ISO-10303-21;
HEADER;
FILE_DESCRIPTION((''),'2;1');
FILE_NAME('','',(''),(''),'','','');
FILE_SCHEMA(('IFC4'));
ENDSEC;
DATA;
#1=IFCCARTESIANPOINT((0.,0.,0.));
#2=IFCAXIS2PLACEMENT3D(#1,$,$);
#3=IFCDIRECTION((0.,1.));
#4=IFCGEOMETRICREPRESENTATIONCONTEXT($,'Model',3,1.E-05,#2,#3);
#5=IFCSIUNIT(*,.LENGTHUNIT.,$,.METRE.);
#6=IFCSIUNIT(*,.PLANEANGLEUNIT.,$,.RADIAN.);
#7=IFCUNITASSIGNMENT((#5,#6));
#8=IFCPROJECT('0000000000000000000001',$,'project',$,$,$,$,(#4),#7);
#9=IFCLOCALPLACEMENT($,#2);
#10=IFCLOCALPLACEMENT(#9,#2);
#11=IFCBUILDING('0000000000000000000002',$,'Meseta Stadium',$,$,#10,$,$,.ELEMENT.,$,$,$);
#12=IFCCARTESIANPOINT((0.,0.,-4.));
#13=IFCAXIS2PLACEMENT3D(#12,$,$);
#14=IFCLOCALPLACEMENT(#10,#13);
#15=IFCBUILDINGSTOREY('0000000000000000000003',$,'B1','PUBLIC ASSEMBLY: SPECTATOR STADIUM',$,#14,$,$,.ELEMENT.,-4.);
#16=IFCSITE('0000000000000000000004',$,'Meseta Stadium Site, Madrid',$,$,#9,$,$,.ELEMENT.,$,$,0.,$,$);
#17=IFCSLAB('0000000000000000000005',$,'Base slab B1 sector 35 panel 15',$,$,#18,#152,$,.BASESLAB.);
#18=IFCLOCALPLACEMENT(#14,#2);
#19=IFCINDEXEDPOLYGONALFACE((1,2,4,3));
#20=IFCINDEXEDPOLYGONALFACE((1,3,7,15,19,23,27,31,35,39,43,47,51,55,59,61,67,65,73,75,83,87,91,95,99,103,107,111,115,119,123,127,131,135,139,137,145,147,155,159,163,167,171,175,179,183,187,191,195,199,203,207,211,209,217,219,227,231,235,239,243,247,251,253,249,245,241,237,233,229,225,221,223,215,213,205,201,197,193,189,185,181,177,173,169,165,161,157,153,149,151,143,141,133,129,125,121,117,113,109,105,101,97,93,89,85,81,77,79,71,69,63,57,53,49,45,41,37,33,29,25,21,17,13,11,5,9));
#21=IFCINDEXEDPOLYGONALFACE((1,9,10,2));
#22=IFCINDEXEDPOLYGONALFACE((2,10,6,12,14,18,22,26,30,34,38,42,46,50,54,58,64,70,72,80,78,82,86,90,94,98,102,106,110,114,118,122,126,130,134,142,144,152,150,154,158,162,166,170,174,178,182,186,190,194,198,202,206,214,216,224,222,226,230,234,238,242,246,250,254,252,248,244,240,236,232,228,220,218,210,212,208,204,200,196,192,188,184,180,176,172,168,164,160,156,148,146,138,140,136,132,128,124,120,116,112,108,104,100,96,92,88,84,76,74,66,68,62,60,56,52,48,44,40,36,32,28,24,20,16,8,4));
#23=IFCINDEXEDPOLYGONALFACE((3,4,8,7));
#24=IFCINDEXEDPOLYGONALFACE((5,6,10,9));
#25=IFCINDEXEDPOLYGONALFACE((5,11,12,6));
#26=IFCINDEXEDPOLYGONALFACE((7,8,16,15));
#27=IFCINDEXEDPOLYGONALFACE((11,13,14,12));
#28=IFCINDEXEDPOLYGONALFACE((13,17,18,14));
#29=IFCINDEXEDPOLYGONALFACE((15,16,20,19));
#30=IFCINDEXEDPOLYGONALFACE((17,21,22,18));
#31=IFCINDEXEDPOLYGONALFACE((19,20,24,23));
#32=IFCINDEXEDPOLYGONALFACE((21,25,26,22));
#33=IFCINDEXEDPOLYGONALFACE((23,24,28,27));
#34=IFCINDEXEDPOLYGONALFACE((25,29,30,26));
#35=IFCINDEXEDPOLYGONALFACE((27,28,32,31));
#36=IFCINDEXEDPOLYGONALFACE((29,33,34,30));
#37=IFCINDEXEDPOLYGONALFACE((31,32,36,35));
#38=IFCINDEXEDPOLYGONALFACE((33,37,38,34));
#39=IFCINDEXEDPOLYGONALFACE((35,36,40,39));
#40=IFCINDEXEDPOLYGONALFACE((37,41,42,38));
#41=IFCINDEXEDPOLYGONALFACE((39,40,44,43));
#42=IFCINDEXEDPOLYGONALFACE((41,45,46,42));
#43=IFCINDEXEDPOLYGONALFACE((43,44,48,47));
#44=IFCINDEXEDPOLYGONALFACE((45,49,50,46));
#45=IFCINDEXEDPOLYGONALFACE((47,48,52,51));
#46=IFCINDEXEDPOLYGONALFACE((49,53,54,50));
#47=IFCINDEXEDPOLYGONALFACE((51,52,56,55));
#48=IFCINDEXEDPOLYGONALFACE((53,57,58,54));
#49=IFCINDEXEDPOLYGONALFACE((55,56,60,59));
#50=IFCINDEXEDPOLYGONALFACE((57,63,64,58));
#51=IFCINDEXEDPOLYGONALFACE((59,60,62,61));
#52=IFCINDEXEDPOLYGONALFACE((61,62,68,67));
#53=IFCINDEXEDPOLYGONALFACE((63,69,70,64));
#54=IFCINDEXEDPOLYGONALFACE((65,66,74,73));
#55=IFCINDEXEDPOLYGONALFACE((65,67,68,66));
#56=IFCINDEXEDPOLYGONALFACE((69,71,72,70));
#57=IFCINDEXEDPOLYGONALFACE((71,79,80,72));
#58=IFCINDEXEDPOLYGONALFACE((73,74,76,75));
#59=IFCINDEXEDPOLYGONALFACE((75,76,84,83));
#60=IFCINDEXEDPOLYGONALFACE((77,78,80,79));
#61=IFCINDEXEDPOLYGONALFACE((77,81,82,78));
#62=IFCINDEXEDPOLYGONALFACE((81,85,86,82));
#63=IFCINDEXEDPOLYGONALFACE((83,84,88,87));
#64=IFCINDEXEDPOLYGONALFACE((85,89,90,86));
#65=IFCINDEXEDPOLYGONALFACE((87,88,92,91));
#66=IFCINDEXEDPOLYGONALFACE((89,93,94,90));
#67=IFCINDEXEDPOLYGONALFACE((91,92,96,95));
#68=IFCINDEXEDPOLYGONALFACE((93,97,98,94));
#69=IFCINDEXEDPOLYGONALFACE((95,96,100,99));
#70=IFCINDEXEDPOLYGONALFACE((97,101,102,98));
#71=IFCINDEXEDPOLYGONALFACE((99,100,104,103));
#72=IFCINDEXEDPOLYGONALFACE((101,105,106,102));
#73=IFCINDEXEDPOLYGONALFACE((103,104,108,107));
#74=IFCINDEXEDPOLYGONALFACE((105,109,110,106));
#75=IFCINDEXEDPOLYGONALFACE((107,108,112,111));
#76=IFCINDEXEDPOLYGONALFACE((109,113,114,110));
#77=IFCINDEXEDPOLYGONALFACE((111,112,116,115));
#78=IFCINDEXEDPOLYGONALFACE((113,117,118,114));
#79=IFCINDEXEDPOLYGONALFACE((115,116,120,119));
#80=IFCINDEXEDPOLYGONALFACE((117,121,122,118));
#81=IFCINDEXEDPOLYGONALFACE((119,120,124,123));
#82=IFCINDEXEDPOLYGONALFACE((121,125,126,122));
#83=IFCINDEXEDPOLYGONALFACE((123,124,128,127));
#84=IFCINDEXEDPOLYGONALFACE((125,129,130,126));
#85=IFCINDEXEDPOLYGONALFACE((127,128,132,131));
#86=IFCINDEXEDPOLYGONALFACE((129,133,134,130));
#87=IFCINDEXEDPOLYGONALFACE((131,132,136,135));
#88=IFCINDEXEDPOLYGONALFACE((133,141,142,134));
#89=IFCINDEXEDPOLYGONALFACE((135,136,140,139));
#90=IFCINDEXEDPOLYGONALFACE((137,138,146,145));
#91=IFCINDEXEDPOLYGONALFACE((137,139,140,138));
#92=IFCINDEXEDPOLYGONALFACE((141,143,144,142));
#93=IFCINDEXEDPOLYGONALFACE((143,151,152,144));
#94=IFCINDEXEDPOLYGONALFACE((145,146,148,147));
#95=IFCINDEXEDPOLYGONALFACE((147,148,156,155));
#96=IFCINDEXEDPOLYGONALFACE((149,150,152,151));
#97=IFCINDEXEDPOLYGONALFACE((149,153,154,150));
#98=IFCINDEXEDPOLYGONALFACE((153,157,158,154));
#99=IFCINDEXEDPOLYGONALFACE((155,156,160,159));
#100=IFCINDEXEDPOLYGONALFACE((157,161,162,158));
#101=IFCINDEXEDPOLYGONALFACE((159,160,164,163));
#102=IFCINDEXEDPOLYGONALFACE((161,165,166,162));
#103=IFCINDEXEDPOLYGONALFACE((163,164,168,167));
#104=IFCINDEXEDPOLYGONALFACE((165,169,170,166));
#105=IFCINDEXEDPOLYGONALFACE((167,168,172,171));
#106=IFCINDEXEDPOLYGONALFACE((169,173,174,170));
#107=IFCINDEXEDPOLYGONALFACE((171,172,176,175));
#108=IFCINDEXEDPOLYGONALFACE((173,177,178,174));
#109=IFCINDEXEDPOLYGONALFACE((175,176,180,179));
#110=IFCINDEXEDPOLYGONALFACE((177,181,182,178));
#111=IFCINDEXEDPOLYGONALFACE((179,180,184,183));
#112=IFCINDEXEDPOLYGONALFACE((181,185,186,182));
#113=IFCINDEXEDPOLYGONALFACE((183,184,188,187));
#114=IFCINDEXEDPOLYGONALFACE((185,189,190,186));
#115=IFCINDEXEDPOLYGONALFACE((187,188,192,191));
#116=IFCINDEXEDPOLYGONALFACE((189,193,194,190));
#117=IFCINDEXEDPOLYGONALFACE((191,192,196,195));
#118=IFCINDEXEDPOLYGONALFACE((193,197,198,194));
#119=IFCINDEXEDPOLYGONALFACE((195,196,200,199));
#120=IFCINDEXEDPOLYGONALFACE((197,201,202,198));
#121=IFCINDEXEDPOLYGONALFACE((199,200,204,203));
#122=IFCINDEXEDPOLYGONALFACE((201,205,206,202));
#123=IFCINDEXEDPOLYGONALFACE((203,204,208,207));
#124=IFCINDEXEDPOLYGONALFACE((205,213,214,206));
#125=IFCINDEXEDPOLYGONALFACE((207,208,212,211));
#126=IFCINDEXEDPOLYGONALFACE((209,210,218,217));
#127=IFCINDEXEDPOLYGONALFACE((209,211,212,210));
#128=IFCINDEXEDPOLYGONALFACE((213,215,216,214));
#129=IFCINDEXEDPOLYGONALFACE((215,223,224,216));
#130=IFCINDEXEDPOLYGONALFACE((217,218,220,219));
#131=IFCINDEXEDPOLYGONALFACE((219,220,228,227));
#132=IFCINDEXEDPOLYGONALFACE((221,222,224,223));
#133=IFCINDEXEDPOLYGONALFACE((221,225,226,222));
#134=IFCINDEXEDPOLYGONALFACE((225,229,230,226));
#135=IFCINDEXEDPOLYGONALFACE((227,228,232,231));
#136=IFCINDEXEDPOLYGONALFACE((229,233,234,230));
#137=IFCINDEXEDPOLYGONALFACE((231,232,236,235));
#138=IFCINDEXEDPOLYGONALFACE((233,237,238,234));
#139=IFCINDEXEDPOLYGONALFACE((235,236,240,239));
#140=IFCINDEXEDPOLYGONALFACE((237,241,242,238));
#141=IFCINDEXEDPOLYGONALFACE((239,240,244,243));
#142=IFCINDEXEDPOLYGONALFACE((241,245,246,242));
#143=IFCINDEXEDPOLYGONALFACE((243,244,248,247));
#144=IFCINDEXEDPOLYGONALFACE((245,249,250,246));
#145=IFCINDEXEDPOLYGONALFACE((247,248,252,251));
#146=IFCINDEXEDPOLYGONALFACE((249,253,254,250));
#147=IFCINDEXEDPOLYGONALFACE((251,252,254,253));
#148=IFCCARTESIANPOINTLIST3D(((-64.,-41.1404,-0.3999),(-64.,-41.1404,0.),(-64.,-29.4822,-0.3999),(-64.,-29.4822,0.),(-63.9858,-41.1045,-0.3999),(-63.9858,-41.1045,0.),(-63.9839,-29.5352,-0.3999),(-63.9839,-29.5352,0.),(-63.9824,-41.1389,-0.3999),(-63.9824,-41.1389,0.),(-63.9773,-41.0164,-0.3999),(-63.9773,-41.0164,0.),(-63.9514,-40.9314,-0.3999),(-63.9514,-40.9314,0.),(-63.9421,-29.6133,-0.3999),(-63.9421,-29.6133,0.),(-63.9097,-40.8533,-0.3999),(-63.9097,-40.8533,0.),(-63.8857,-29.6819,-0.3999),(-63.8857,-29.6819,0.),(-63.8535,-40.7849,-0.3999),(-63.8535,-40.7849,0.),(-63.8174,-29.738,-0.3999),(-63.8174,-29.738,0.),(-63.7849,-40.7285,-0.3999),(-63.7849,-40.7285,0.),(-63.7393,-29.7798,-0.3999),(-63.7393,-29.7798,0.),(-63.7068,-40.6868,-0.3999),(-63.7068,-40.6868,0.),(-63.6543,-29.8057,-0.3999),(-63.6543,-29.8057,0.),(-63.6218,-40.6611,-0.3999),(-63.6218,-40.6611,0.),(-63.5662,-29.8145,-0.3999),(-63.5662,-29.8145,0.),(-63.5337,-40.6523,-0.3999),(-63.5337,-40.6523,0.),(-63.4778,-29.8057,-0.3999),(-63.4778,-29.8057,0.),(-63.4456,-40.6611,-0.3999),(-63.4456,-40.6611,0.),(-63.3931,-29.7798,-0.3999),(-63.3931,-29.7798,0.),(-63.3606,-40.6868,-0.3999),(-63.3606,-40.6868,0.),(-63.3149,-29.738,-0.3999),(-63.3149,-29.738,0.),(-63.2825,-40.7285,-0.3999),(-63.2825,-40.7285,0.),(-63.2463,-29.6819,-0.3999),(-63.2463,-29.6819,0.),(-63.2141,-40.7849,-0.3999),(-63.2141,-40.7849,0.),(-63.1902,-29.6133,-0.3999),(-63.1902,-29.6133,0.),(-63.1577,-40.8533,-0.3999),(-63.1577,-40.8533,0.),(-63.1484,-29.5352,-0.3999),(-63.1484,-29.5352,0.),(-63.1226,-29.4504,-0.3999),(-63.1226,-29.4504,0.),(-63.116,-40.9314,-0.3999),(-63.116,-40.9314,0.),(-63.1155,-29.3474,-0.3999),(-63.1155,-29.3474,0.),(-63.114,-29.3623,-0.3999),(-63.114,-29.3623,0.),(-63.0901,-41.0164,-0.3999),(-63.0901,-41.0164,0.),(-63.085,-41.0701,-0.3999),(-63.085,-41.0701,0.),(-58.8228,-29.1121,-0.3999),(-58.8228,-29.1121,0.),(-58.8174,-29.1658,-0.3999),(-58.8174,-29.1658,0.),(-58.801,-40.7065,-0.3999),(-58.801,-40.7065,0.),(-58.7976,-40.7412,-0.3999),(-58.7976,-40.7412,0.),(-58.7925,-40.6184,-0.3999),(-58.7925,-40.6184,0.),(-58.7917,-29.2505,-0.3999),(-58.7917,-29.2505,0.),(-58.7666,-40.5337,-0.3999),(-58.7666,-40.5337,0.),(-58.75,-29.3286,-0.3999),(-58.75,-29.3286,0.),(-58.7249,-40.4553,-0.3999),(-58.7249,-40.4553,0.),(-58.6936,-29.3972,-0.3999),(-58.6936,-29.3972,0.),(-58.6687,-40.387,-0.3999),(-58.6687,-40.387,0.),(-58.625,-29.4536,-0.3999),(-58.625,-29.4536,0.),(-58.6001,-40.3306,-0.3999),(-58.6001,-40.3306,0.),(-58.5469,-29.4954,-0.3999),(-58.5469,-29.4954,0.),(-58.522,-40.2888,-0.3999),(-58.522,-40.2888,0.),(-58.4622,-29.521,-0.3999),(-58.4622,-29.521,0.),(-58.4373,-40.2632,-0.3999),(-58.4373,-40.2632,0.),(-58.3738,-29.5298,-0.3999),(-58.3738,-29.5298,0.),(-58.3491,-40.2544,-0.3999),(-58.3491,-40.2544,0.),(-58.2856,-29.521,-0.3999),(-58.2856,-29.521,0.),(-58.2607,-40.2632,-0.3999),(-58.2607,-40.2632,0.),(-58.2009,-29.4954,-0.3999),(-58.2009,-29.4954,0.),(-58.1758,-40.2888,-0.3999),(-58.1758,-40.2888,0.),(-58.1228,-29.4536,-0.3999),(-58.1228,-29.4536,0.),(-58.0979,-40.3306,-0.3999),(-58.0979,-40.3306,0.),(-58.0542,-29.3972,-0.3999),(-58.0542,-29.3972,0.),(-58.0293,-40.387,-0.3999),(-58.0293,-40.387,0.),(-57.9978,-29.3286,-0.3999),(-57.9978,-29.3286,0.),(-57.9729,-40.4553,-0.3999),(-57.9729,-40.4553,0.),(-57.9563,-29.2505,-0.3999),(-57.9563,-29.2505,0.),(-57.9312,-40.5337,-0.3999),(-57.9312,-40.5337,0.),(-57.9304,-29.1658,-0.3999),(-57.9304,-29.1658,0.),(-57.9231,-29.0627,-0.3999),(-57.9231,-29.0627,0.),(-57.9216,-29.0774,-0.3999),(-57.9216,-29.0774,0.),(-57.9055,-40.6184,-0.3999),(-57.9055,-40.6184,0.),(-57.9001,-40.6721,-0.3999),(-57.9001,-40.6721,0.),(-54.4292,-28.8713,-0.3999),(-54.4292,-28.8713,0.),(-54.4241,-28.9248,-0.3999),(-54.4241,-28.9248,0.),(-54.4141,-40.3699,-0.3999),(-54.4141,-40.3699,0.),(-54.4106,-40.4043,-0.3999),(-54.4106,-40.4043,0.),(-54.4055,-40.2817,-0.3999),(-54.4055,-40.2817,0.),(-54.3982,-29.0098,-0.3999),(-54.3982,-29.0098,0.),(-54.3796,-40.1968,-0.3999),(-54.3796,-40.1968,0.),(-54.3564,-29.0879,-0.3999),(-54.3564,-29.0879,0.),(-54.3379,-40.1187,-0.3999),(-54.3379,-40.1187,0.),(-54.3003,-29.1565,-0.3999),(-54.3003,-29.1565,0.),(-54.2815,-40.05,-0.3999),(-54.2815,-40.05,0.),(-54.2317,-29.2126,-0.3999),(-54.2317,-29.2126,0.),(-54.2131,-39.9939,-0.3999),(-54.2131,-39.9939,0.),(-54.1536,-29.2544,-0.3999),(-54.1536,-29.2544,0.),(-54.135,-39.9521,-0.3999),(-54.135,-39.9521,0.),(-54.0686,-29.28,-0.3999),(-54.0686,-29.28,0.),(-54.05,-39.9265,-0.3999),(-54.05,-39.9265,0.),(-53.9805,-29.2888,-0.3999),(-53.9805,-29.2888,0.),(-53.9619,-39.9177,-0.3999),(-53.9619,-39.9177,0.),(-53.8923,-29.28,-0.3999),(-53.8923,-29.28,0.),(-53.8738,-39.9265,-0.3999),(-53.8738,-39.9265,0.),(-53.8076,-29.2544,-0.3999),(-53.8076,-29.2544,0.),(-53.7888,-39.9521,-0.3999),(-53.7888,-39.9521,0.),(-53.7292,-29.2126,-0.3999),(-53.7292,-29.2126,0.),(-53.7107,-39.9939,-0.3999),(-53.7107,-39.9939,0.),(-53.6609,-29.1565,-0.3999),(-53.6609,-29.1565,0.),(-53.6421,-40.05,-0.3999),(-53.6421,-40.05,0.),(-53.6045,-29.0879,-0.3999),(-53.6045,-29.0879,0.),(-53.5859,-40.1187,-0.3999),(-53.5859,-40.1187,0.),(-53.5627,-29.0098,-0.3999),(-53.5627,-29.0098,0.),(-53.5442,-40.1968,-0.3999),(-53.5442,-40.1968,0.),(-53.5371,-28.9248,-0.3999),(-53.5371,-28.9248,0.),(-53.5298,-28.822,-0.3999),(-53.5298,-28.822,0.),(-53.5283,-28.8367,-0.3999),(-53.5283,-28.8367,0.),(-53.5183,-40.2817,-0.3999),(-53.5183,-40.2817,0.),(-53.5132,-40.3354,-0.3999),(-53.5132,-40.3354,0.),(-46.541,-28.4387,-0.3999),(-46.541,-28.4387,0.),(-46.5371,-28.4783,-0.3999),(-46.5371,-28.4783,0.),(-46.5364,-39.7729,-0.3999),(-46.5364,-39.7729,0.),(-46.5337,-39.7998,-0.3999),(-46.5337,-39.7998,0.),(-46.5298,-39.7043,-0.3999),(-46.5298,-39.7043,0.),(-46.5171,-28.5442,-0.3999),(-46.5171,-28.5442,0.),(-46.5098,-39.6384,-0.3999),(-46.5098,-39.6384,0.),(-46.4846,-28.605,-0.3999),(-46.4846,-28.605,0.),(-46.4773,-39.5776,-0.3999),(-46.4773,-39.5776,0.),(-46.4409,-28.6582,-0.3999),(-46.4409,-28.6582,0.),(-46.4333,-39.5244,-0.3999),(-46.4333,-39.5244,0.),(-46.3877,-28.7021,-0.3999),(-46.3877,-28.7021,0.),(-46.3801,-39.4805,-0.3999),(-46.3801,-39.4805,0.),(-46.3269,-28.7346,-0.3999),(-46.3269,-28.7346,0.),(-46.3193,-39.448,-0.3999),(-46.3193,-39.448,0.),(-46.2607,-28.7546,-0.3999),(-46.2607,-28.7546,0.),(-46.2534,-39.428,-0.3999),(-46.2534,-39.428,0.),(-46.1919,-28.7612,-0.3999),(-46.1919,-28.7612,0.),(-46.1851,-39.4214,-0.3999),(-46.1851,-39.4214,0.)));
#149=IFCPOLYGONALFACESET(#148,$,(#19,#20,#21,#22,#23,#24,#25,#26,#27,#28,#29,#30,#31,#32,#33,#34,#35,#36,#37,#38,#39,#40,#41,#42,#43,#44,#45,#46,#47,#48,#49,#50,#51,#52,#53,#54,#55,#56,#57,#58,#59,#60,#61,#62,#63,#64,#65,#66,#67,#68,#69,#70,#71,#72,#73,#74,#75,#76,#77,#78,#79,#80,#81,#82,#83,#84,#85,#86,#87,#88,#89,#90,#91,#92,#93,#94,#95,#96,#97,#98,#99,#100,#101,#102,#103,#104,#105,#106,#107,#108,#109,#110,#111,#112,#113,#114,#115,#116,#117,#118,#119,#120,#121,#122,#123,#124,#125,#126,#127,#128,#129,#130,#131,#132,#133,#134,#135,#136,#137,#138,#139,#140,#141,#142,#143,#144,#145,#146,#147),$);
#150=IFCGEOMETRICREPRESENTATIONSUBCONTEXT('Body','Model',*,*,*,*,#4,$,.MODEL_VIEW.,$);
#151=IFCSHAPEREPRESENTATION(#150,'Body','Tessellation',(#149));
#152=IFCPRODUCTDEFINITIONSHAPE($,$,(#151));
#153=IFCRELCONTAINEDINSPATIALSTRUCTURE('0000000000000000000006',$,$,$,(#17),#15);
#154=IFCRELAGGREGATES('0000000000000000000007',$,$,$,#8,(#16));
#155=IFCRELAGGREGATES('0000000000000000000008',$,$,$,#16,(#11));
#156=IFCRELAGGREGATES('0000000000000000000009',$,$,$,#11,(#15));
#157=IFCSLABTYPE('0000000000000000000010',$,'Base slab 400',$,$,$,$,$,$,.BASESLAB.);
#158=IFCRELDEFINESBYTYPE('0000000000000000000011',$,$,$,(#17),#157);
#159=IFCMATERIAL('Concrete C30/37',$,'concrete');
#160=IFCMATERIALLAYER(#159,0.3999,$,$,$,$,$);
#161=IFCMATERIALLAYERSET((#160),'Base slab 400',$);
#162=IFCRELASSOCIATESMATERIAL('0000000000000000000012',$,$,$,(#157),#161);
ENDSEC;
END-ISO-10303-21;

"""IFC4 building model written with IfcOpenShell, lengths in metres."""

from ifc_helpers import new_model, si_unit, direction, frame, origin, place, context, subcontext, project, spatial, polyline, outline, extrude, material, layer, layer_set, type_object, element, save


model = new_model("IFC4")

# Units and contexts
model_context = context("Model", 3, precision=1e-05, world=origin(), true_north=direction((0.0, 1.0)))
body_context = subcontext(model_context, "Body", "Model", "MODEL_VIEW")
ifc_project = project(units=[si_unit("LENGTHUNIT", "METRE"), si_unit("PLANEANGLEUNIT", "RADIAN")], contexts=[model_context])

# Site, building, storey
site_placement = place(None, origin())
site = spatial("IfcSite", under=ifc_project, at=site_placement, Name="Meseta Stadium Site, Madrid", CompositionType="ELEMENT", RefElevation=0.0)
building_placement = place(site_placement, origin())
building = spatial("IfcBuilding", under=site, at=building_placement, Name="Meseta Stadium", CompositionType="ELEMENT")
storey_placement = place(building_placement, frame((0.0, 0.0, -4.0)))
storey = spatial("IfcBuildingStorey", under=building, at=storey_placement, Name="B1", Description="PUBLIC ASSEMBLY: SPECTATOR STADIUM", CompositionType="ELEMENT", Elevation=-4.0)

# Slab
ifc_material = material(Name="Concrete C30/37", Category="concrete")
ifc_layer = layer(ifc_material, 0.3999)
ifc_layer_set = layer_set([ifc_layer], Name="Base slab 400")
slab_type = type_object("IfcSlabType", Name="Base slab 400", PredefinedType="BASESLAB", material=ifc_layer_set)
slab_1_placement = place(storey_placement, frame((0.0, 0.0, -0.3999)))
element("IfcSlab", 1, at=slab_1_placement, inside=storey, type_object=slab_type, Name="Base slab B1 sector 35 panel 15", PredefinedType="BASESLAB", context=body_context, shape_type="SweptSolid", body=[
    extrude(outline(polyline([(-63.5337, -40.6523), (-63.4456, -40.6611), (-63.3606, -40.6868), (-63.2825, -40.7285), (-63.2141, -40.7849), (-63.1577, -40.8533), (-63.116, -40.9314), (-63.0901, -41.0164), (-63.085, -41.0701), (-58.7976, -40.7412), (-58.801, -40.7065), (-58.7925, -40.6184), (-58.7666, -40.5337), (-58.7249, -40.4553), (-58.6687, -40.387), (-58.6001, -40.3306), (-58.522, -40.2888), (-58.4373, -40.2632), (-58.3491, -40.2544), (-58.2607, -40.2632), (-58.1758, -40.2888), (-58.0979, -40.3306), (-58.0293, -40.387), (-57.9729, -40.4553), (-57.9312, -40.5337), (-57.9055, -40.6184), (-57.9001, -40.6721), (-54.4106, -40.4043), (-54.4141, -40.3699), (-54.4055, -40.2817), (-54.3796, -40.1968), (-54.3379, -40.1187), (-54.2815, -40.05), (-54.2131, -39.9939), (-54.135, -39.9521), (-54.05, -39.9265), (-53.9619, -39.9177), (-53.8738, -39.9265), (-53.7888, -39.9521), (-53.7107, -39.9939), (-53.6421, -40.05), (-53.5859, -40.1187), (-53.5442, -40.1968), (-53.5183, -40.2817), (-53.5132, -40.3354), (-46.5337, -39.7998), (-46.5364, -39.7729), (-46.5298, -39.7043), (-46.5098, -39.6384), (-46.4773, -39.5776), (-46.4333, -39.5244), (-46.3801, -39.4805), (-46.3193, -39.448), (-46.2534, -39.428), (-46.1851, -39.4214), (-46.1919, -28.7612), (-46.2607, -28.7546), (-46.3269, -28.7346), (-46.3877, -28.7021), (-46.4409, -28.6582), (-46.4846, -28.605), (-46.5171, -28.5442), (-46.5371, -28.4783), (-46.541, -28.4387), (-53.5298, -28.822), (-53.5283, -28.8367), (-53.5371, -28.9248), (-53.5627, -29.0098), (-53.6045, -29.0879), (-53.6609, -29.1565), (-53.7292, -29.2126), (-53.8076, -29.2544), (-53.8923, -29.28), (-53.9805, -29.2888), (-54.0686, -29.28), (-54.1536, -29.2544), (-54.2317, -29.2126), (-54.3003, -29.1565), (-54.3564, -29.0879), (-54.3982, -29.0098), (-54.4241, -28.9248), (-54.4292, -28.8713), (-57.9231, -29.0627), (-57.9216, -29.0774), (-57.9304, -29.1658), (-57.9563, -29.2505), (-57.9978, -29.3286), (-58.0542, -29.3972), (-58.1228, -29.4536), (-58.2009, -29.4954), (-58.2856, -29.521), (-58.3738, -29.5298), (-58.4622, -29.521), (-58.5469, -29.4954), (-58.625, -29.4536), (-58.6936, -29.3972), (-58.75, -29.3286), (-58.7917, -29.2505), (-58.8174, -29.1658), (-58.8228, -29.1121), (-63.1155, -29.3474), (-63.114, -29.3623), (-63.1226, -29.4504), (-63.1484, -29.5352), (-63.1902, -29.6133), (-63.2463, -29.6819), (-63.3149, -29.738), (-63.3931, -29.7798), (-63.4778, -29.8057), (-63.5662, -29.8145), (-63.6543, -29.8057), (-63.7393, -29.7798), (-63.8174, -29.738), (-63.8857, -29.6819), (-63.9421, -29.6133), (-63.9839, -29.5352), (-64.0, -29.4822), (-64.0, -41.1404), (-63.9824, -41.1389), (-63.9858, -41.1045), (-63.9773, -41.0164), (-63.9514, -40.9314), (-63.9097, -40.8533), (-63.8535, -40.7849), (-63.7849, -40.7285), (-63.7068, -40.6868), (-63.6218, -40.6611), (-63.5337, -40.6523)])), origin(), (0.0, 0.0, 1.0), 0.3999),
])

save(model, "model.ifc")
